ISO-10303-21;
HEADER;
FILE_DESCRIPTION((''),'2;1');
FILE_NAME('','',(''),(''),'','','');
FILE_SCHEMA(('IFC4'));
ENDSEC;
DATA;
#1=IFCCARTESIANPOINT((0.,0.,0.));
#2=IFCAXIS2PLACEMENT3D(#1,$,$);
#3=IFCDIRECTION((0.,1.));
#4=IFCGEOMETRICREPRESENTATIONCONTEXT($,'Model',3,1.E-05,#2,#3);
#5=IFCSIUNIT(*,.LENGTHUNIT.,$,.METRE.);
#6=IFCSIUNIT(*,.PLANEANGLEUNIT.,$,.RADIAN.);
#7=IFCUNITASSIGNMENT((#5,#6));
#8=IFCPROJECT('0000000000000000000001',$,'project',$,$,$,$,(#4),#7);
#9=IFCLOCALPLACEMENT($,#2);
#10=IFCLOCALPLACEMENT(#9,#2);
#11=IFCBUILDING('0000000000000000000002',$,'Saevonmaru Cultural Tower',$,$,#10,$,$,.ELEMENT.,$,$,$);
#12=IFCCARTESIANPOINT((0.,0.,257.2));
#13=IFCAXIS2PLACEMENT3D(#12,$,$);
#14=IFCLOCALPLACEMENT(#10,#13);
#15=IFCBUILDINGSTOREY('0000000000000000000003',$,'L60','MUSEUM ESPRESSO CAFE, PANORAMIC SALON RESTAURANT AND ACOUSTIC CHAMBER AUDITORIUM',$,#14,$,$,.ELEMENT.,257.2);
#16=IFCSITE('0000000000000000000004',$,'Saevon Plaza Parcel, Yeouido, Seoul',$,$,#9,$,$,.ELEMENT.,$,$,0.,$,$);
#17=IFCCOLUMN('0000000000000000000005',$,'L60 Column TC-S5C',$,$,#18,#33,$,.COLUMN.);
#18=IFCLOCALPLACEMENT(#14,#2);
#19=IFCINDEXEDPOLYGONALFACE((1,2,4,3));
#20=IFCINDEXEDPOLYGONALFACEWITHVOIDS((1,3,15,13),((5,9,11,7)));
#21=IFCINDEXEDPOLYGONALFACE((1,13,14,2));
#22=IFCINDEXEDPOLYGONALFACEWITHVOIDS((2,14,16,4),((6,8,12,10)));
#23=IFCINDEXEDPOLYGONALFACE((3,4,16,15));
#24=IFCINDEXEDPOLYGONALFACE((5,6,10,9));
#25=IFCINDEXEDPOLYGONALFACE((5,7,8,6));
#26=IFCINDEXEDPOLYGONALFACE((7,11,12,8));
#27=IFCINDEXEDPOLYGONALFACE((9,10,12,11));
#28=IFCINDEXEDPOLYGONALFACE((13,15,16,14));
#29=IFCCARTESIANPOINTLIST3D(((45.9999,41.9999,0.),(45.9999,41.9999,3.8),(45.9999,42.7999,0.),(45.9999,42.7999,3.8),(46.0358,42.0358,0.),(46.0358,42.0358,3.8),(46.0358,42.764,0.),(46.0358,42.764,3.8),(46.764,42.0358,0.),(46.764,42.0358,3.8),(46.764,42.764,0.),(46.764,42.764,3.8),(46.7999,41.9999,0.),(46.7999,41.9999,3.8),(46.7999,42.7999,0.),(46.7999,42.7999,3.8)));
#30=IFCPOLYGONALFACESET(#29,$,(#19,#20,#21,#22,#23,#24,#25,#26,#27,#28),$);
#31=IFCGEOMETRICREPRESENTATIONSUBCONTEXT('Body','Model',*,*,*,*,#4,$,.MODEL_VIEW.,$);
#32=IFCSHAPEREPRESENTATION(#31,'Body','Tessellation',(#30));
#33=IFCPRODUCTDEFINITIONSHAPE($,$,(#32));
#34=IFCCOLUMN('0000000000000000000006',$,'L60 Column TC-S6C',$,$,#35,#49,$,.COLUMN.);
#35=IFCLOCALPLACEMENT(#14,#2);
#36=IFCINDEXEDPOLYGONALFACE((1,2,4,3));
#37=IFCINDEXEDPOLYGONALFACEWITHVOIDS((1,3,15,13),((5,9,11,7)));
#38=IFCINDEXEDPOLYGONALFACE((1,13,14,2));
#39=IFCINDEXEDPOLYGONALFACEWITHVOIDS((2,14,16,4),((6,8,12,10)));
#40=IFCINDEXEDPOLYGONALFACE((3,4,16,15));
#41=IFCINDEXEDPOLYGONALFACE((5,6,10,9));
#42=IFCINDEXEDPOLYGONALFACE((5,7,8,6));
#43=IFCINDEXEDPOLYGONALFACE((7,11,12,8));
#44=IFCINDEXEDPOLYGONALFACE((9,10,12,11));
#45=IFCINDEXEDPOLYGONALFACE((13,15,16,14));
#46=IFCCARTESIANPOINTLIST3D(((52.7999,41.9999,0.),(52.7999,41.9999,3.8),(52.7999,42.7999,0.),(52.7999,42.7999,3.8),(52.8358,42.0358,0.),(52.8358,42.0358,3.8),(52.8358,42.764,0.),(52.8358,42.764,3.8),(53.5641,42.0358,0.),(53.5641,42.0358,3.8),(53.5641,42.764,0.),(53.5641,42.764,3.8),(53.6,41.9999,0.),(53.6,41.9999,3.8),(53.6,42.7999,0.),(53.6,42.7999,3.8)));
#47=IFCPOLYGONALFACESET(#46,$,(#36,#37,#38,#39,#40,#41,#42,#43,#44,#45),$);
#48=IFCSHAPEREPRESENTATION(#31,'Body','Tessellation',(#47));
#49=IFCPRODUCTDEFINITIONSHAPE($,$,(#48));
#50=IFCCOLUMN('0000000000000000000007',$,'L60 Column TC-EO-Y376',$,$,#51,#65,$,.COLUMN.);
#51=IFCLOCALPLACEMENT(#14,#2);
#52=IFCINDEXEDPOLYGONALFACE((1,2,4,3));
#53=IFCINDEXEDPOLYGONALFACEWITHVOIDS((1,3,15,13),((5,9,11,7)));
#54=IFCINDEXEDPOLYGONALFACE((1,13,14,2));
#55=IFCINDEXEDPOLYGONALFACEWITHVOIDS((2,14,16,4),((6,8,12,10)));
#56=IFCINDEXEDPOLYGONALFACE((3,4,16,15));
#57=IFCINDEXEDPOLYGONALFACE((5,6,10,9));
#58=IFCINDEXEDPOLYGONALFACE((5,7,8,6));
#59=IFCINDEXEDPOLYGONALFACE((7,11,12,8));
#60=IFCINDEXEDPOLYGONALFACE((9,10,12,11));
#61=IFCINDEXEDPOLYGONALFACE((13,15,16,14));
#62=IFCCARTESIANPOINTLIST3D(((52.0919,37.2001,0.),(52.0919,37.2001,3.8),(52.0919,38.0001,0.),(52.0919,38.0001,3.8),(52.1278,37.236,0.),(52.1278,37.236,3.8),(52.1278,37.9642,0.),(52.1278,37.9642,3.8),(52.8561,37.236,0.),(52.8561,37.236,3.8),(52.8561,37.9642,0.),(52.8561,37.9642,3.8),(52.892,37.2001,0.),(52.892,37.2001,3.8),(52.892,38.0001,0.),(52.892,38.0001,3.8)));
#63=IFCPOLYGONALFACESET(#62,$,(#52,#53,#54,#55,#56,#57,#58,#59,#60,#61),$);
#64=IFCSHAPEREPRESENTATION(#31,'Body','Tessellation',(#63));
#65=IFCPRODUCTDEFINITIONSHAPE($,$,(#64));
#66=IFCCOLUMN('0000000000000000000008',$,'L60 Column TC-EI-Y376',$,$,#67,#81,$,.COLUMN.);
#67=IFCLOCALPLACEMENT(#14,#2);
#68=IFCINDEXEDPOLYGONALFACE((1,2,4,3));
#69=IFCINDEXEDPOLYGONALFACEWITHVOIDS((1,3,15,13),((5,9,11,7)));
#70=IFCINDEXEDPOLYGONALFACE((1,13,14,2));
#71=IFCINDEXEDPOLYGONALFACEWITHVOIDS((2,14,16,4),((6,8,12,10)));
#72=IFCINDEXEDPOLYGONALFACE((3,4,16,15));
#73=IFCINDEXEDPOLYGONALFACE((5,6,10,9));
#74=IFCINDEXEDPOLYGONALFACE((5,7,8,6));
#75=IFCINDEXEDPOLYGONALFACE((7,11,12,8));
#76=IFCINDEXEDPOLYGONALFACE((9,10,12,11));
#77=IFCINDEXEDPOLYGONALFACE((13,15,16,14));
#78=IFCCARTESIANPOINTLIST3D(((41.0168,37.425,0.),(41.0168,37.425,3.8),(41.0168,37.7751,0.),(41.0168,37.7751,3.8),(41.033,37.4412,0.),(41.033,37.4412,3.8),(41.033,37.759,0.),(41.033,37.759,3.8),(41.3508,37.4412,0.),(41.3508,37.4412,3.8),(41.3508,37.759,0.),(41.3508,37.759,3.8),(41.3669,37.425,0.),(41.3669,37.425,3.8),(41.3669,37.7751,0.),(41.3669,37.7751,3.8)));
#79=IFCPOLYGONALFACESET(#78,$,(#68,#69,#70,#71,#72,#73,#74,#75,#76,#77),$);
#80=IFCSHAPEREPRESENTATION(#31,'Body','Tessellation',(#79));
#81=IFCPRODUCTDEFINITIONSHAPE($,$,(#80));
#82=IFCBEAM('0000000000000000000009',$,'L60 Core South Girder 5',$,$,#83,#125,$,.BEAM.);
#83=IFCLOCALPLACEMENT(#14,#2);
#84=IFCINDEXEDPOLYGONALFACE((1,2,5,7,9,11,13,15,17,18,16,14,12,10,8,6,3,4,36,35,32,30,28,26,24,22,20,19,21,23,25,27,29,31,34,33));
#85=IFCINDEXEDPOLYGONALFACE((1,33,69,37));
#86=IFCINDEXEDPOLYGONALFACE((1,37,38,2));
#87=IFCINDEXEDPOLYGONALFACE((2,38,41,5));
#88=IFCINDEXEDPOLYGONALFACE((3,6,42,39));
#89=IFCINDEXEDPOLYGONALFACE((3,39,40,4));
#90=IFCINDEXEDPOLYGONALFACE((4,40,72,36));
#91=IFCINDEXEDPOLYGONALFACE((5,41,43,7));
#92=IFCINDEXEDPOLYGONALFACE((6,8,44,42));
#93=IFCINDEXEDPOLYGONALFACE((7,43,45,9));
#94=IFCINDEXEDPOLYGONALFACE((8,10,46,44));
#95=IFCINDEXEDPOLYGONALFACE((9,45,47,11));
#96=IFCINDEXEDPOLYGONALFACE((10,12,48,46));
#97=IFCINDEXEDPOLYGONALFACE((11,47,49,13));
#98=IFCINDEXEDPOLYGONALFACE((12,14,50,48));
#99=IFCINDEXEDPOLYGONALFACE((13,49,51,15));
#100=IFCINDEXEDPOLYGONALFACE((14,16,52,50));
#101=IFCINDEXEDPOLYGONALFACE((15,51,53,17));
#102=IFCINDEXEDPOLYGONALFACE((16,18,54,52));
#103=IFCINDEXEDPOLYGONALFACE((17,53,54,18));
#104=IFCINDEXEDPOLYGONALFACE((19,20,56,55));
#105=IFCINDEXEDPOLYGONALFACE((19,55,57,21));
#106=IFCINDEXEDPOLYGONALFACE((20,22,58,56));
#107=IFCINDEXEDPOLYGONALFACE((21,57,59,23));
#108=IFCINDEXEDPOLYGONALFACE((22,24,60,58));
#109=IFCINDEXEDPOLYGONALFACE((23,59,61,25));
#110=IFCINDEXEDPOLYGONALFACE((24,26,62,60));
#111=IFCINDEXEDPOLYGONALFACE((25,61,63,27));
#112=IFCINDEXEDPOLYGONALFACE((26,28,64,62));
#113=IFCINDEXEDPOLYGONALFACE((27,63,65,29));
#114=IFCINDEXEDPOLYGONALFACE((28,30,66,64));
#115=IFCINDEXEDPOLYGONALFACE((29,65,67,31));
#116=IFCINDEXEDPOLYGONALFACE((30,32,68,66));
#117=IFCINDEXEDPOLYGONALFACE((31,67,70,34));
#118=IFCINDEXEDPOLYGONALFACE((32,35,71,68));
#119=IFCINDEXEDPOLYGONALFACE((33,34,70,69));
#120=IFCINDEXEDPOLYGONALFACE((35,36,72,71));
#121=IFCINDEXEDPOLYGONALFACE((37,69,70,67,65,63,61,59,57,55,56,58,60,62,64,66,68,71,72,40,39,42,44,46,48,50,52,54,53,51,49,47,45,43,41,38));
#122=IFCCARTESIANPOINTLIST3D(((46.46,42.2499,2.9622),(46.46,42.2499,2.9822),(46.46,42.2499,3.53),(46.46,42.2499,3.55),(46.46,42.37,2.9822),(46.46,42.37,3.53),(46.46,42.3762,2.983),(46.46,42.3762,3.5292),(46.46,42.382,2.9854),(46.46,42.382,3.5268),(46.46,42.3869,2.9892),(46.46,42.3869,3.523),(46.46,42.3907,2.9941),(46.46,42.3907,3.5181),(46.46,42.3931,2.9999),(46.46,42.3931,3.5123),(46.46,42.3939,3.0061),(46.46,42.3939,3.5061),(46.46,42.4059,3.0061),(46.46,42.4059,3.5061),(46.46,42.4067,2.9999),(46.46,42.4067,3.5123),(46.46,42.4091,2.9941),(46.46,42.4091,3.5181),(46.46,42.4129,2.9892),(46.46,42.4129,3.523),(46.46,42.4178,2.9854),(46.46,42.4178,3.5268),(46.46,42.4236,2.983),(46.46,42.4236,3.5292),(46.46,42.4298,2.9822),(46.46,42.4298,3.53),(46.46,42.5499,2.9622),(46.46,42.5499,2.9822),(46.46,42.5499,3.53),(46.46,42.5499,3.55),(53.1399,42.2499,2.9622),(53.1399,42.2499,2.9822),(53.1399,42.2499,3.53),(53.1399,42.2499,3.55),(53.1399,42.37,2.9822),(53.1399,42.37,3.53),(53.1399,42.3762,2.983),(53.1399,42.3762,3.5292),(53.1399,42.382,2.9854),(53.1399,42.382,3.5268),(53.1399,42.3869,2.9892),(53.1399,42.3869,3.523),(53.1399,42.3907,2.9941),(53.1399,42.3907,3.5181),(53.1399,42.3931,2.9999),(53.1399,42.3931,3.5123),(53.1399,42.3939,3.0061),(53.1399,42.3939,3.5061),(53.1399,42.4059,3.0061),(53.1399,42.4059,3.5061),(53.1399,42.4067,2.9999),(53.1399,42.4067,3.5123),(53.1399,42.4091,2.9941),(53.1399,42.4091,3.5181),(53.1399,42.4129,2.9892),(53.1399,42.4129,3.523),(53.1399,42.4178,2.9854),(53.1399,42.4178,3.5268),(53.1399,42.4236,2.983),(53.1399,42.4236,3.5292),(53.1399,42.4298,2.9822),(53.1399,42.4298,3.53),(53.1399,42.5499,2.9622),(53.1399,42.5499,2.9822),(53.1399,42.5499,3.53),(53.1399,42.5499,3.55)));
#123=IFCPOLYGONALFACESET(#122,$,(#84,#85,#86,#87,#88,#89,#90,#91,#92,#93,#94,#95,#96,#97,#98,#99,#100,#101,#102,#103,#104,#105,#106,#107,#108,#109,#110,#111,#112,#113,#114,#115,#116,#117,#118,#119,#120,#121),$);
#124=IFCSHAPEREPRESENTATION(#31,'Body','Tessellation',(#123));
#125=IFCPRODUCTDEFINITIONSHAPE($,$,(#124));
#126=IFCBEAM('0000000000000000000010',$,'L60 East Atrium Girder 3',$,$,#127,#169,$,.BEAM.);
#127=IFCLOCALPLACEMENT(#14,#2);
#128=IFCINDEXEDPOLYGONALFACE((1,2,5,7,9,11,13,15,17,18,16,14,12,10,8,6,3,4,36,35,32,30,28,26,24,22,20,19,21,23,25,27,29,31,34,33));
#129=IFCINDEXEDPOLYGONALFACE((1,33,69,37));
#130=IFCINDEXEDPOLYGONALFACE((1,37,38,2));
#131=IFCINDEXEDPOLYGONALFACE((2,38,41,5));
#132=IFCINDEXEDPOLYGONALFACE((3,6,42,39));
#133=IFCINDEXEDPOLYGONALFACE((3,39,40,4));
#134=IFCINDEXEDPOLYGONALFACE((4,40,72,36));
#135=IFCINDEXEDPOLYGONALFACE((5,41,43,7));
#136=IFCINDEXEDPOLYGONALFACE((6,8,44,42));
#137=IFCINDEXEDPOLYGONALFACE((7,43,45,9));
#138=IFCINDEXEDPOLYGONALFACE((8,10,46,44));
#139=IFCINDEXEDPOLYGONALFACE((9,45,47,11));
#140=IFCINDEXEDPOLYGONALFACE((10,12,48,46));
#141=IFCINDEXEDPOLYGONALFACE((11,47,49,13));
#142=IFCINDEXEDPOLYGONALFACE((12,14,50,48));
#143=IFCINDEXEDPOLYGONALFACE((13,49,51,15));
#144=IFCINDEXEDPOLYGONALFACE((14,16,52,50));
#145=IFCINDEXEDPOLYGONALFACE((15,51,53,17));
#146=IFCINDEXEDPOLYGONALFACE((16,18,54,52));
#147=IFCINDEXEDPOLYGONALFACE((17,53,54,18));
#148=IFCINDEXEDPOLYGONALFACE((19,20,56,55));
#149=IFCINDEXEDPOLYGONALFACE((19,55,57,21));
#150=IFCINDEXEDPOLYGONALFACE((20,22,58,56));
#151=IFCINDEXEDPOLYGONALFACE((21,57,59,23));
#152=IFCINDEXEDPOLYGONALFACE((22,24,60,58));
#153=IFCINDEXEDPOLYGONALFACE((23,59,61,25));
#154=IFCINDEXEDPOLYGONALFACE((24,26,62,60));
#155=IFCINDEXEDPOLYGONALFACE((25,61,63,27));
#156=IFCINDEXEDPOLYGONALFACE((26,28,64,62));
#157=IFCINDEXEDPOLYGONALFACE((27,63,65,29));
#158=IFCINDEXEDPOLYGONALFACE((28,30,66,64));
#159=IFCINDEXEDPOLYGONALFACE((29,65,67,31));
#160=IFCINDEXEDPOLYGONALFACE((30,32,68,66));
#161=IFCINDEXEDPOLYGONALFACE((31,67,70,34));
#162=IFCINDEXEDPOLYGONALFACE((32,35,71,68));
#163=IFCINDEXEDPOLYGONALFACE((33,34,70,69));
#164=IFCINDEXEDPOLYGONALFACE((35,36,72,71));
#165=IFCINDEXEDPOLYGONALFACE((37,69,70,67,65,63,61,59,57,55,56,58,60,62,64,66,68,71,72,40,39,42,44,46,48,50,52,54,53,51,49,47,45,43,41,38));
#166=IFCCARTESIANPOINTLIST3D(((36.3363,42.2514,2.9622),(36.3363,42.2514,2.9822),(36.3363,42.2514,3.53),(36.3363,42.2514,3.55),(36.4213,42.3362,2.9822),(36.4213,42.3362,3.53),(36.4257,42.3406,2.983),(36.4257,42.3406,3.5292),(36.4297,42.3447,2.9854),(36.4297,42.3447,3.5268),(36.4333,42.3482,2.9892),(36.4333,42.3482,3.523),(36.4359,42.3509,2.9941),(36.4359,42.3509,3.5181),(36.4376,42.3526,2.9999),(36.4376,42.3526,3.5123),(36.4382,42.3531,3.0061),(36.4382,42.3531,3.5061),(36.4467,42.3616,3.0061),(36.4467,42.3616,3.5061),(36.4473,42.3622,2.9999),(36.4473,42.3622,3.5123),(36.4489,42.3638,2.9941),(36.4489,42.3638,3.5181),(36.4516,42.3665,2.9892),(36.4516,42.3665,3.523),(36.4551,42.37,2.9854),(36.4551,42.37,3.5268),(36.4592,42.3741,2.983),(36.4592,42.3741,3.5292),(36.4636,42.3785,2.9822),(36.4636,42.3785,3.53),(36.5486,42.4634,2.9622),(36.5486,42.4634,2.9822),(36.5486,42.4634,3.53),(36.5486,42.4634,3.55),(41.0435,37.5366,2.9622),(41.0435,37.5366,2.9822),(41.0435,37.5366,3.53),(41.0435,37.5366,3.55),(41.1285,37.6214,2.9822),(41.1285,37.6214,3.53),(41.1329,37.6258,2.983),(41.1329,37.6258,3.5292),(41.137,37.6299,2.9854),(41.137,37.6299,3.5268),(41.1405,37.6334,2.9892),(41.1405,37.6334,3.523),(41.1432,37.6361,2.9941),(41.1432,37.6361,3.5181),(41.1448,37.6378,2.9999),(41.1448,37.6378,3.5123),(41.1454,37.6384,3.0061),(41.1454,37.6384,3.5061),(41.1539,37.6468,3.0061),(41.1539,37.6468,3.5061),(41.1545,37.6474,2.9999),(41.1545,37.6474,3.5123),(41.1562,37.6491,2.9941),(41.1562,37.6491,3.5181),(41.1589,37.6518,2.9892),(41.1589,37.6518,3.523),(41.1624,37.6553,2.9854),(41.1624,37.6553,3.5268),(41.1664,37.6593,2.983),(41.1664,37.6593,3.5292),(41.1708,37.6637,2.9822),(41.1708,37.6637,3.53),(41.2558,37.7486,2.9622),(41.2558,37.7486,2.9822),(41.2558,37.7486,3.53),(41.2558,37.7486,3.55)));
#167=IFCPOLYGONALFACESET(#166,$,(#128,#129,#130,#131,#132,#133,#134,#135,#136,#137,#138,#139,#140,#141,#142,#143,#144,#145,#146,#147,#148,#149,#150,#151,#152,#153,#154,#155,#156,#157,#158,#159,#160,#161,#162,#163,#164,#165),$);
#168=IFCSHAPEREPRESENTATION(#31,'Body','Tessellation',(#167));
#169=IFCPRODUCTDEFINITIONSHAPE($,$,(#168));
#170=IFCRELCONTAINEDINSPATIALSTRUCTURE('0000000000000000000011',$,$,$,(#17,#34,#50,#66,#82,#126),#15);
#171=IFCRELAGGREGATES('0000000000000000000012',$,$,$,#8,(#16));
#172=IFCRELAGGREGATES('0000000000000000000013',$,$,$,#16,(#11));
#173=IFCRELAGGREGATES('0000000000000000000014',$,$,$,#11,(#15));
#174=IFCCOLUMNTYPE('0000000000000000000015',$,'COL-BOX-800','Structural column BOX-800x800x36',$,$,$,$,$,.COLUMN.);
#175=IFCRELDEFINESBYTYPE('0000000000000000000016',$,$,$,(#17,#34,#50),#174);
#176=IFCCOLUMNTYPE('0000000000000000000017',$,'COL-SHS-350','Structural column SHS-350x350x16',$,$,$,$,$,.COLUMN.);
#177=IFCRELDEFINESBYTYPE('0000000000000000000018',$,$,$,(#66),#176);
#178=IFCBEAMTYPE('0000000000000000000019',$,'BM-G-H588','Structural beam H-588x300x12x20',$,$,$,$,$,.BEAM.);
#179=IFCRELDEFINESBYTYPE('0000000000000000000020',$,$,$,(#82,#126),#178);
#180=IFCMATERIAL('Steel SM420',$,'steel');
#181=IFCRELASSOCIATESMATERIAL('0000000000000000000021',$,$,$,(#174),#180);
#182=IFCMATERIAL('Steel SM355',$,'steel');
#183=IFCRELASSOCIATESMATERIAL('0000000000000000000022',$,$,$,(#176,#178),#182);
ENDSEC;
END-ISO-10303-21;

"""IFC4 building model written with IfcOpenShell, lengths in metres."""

from ifc_helpers import new_model, si_unit, direction, frame, origin, origin_2d, place, context, subcontext, project, spatial, hollow_rectangle, i_section, extrude, material, material_profile, profile_set, type_object, element, save


model = new_model("IFC4")

# Units and contexts
model_context = context("Model", 3, precision=1e-05, world=origin(), true_north=direction((0.0, 1.0)))
body_context = subcontext(model_context, "Body", "Model", "MODEL_VIEW")
ifc_project = project(units=[si_unit("LENGTHUNIT", "METRE"), si_unit("PLANEANGLEUNIT", "RADIAN")], contexts=[model_context])

# Site, building, storey
site_placement = place(None, origin())
site = spatial("IfcSite", under=ifc_project, at=site_placement, Name="Saevon Plaza Parcel, Yeouido, Seoul", CompositionType="ELEMENT", RefElevation=0.0)
building_placement = place(site_placement, origin())
building = spatial("IfcBuilding", under=site, at=building_placement, Name="Saevonmaru Cultural Tower", CompositionType="ELEMENT")
storey_placement = place(building_placement, frame((0.0, 0.0, 257.2)))
storey = spatial("IfcBuildingStorey", under=building, at=storey_placement, Name="L60", Description="MUSEUM ESPRESSO CAFE, PANORAMIC SALON RESTAURANT AND ACOUSTIC CHAMBER AUDITORIUM", CompositionType="ELEMENT", Elevation=257.2)

# Columns
ifc_material_1 = material(Name="Steel SM420", Category="steel")
ifc_material_profile_1 = material_profile(ifc_material_1, hollow_rectangle(XDim=0.8, YDim=0.8, WallThickness=0.0359, at=origin_2d()), Name="BOX-800x800x36")
ifc_profile_set_1 = profile_set([ifc_material_profile_1], Name="Steel SM420")
column_type_1 = type_object("IfcColumnType", Name="COL-BOX-800", Description="Structural column BOX-800x800x36", PredefinedType="COLUMN", material=ifc_profile_set_1)
for number, where, z_axis, x_axis, name in (
    (1, (46.3999, 42.3999, 0.0), (0.0, 0.0, 1.0), (1.0, 0.0, 0.0), "L60 Column TC-S5C"),
    (2, (53.2, 42.3999, 0.0), (0.0, 0.0, 1.0), (1.0, 0.0, 0.0), "L60 Column TC-S6C"),
    (3, (52.4919, 37.6001, 0.0), (0.0, 0.0, 1.0), (1.0, 0.0, 0.0), "L60 Column TC-EO-Y376"),
):
    element("IfcColumn", number, at=place(storey_placement, frame(where, z_axis=z_axis, x_axis=x_axis)), inside=storey, type_object=column_type_1, Name=name, PredefinedType="COLUMN", context=body_context, shape_type="SweptSolid", body=[
        extrude(hollow_rectangle(XDim=0.8, YDim=0.8, WallThickness=0.0359, at=origin_2d()), origin(), (0.0, 0.0, 1.0), 3.8),
    ])
ifc_material_2 = material(Name="Steel SM355", Category="steel")
ifc_material_profile_2 = material_profile(ifc_material_2, hollow_rectangle(XDim=0.3501, YDim=0.3501, WallThickness=0.0161, at=origin_2d()), Name="SHS-350x350x16")
ifc_profile_set_2 = profile_set([ifc_material_profile_2], Name="Steel SM355")
column_type_2 = type_object("IfcColumnType", Name="COL-SHS-350", Description="Structural column SHS-350x350x16", PredefinedType="COLUMN", material=ifc_profile_set_2)
column_placement = place(storey_placement, frame((41.1919, 37.6001, 0.0), z_axis=(0.0, 0.0, 1.0), x_axis=(1.0, 0.0, 0.0)))
element("IfcColumn", 4, at=column_placement, inside=storey, type_object=column_type_2, Name="L60 Column TC-EI-Y376", PredefinedType="COLUMN", context=body_context, shape_type="SweptSolid", body=[
    extrude(hollow_rectangle(XDim=0.3501, YDim=0.3501, WallThickness=0.0161, at=origin_2d()), origin(), (0.0, 0.0, 1.0), 3.8),
])

# Beams
ifc_material_profile_3 = material_profile(ifc_material_2, i_section(OverallWidth=0.3, OverallDepth=0.5879, WebThickness=0.012, FlangeThickness=0.02, FilletRadius=0.0239, at=origin_2d()), Name="H-588x300x12x20")
ifc_profile_set_3 = profile_set([ifc_material_profile_3], Name="Steel SM355")
beam_type_1 = type_object("IfcBeamType", Name="BM-G-H588", Description="Structural beam H-588x300x12x20", PredefinedType="BEAM", material=ifc_profile_set_3)
beam_1_placement = place(storey_placement, frame((46.46, 42.3999, 3.2561), z_axis=(1.0, 0.0, 0.0), x_axis=(0.0, 1.0, 0.0)))
element("IfcBeam", 5, at=beam_1_placement, inside=storey, type_object=beam_type_1, Name="L60 Core South Girder 5", PredefinedType="BEAM", context=body_context, shape_type="SweptSolid", body=[
    extrude(i_section(OverallWidth=0.3, OverallDepth=0.5879, WebThickness=0.012, FlangeThickness=0.02, FilletRadius=0.0239, at=origin_2d()), origin(), (0.0, 0.0, 1.0), 6.6799),
])
beam_2_placement = place(storey_placement, frame((41.1497, 37.6426, 3.2561), z_axis=(-0.706539, 0.707675, 0.0), x_axis=(-0.707675, -0.706539, 0.0)))
element("IfcBeam", 6, at=beam_2_placement, inside=storey, type_object=beam_type_1, Name="L60 East Atrium Girder 3", PredefinedType="BEAM", context=body_context, shape_type="SweptSolid", body=[
    extrude(i_section(OverallWidth=0.3, OverallDepth=0.5879, WebThickness=0.012, FlangeThickness=0.02, FilletRadius=0.0239, at=origin_2d()), origin(), (0.0, 0.0, 1.0), 6.6624),
])

save(model, "model.ifc")
